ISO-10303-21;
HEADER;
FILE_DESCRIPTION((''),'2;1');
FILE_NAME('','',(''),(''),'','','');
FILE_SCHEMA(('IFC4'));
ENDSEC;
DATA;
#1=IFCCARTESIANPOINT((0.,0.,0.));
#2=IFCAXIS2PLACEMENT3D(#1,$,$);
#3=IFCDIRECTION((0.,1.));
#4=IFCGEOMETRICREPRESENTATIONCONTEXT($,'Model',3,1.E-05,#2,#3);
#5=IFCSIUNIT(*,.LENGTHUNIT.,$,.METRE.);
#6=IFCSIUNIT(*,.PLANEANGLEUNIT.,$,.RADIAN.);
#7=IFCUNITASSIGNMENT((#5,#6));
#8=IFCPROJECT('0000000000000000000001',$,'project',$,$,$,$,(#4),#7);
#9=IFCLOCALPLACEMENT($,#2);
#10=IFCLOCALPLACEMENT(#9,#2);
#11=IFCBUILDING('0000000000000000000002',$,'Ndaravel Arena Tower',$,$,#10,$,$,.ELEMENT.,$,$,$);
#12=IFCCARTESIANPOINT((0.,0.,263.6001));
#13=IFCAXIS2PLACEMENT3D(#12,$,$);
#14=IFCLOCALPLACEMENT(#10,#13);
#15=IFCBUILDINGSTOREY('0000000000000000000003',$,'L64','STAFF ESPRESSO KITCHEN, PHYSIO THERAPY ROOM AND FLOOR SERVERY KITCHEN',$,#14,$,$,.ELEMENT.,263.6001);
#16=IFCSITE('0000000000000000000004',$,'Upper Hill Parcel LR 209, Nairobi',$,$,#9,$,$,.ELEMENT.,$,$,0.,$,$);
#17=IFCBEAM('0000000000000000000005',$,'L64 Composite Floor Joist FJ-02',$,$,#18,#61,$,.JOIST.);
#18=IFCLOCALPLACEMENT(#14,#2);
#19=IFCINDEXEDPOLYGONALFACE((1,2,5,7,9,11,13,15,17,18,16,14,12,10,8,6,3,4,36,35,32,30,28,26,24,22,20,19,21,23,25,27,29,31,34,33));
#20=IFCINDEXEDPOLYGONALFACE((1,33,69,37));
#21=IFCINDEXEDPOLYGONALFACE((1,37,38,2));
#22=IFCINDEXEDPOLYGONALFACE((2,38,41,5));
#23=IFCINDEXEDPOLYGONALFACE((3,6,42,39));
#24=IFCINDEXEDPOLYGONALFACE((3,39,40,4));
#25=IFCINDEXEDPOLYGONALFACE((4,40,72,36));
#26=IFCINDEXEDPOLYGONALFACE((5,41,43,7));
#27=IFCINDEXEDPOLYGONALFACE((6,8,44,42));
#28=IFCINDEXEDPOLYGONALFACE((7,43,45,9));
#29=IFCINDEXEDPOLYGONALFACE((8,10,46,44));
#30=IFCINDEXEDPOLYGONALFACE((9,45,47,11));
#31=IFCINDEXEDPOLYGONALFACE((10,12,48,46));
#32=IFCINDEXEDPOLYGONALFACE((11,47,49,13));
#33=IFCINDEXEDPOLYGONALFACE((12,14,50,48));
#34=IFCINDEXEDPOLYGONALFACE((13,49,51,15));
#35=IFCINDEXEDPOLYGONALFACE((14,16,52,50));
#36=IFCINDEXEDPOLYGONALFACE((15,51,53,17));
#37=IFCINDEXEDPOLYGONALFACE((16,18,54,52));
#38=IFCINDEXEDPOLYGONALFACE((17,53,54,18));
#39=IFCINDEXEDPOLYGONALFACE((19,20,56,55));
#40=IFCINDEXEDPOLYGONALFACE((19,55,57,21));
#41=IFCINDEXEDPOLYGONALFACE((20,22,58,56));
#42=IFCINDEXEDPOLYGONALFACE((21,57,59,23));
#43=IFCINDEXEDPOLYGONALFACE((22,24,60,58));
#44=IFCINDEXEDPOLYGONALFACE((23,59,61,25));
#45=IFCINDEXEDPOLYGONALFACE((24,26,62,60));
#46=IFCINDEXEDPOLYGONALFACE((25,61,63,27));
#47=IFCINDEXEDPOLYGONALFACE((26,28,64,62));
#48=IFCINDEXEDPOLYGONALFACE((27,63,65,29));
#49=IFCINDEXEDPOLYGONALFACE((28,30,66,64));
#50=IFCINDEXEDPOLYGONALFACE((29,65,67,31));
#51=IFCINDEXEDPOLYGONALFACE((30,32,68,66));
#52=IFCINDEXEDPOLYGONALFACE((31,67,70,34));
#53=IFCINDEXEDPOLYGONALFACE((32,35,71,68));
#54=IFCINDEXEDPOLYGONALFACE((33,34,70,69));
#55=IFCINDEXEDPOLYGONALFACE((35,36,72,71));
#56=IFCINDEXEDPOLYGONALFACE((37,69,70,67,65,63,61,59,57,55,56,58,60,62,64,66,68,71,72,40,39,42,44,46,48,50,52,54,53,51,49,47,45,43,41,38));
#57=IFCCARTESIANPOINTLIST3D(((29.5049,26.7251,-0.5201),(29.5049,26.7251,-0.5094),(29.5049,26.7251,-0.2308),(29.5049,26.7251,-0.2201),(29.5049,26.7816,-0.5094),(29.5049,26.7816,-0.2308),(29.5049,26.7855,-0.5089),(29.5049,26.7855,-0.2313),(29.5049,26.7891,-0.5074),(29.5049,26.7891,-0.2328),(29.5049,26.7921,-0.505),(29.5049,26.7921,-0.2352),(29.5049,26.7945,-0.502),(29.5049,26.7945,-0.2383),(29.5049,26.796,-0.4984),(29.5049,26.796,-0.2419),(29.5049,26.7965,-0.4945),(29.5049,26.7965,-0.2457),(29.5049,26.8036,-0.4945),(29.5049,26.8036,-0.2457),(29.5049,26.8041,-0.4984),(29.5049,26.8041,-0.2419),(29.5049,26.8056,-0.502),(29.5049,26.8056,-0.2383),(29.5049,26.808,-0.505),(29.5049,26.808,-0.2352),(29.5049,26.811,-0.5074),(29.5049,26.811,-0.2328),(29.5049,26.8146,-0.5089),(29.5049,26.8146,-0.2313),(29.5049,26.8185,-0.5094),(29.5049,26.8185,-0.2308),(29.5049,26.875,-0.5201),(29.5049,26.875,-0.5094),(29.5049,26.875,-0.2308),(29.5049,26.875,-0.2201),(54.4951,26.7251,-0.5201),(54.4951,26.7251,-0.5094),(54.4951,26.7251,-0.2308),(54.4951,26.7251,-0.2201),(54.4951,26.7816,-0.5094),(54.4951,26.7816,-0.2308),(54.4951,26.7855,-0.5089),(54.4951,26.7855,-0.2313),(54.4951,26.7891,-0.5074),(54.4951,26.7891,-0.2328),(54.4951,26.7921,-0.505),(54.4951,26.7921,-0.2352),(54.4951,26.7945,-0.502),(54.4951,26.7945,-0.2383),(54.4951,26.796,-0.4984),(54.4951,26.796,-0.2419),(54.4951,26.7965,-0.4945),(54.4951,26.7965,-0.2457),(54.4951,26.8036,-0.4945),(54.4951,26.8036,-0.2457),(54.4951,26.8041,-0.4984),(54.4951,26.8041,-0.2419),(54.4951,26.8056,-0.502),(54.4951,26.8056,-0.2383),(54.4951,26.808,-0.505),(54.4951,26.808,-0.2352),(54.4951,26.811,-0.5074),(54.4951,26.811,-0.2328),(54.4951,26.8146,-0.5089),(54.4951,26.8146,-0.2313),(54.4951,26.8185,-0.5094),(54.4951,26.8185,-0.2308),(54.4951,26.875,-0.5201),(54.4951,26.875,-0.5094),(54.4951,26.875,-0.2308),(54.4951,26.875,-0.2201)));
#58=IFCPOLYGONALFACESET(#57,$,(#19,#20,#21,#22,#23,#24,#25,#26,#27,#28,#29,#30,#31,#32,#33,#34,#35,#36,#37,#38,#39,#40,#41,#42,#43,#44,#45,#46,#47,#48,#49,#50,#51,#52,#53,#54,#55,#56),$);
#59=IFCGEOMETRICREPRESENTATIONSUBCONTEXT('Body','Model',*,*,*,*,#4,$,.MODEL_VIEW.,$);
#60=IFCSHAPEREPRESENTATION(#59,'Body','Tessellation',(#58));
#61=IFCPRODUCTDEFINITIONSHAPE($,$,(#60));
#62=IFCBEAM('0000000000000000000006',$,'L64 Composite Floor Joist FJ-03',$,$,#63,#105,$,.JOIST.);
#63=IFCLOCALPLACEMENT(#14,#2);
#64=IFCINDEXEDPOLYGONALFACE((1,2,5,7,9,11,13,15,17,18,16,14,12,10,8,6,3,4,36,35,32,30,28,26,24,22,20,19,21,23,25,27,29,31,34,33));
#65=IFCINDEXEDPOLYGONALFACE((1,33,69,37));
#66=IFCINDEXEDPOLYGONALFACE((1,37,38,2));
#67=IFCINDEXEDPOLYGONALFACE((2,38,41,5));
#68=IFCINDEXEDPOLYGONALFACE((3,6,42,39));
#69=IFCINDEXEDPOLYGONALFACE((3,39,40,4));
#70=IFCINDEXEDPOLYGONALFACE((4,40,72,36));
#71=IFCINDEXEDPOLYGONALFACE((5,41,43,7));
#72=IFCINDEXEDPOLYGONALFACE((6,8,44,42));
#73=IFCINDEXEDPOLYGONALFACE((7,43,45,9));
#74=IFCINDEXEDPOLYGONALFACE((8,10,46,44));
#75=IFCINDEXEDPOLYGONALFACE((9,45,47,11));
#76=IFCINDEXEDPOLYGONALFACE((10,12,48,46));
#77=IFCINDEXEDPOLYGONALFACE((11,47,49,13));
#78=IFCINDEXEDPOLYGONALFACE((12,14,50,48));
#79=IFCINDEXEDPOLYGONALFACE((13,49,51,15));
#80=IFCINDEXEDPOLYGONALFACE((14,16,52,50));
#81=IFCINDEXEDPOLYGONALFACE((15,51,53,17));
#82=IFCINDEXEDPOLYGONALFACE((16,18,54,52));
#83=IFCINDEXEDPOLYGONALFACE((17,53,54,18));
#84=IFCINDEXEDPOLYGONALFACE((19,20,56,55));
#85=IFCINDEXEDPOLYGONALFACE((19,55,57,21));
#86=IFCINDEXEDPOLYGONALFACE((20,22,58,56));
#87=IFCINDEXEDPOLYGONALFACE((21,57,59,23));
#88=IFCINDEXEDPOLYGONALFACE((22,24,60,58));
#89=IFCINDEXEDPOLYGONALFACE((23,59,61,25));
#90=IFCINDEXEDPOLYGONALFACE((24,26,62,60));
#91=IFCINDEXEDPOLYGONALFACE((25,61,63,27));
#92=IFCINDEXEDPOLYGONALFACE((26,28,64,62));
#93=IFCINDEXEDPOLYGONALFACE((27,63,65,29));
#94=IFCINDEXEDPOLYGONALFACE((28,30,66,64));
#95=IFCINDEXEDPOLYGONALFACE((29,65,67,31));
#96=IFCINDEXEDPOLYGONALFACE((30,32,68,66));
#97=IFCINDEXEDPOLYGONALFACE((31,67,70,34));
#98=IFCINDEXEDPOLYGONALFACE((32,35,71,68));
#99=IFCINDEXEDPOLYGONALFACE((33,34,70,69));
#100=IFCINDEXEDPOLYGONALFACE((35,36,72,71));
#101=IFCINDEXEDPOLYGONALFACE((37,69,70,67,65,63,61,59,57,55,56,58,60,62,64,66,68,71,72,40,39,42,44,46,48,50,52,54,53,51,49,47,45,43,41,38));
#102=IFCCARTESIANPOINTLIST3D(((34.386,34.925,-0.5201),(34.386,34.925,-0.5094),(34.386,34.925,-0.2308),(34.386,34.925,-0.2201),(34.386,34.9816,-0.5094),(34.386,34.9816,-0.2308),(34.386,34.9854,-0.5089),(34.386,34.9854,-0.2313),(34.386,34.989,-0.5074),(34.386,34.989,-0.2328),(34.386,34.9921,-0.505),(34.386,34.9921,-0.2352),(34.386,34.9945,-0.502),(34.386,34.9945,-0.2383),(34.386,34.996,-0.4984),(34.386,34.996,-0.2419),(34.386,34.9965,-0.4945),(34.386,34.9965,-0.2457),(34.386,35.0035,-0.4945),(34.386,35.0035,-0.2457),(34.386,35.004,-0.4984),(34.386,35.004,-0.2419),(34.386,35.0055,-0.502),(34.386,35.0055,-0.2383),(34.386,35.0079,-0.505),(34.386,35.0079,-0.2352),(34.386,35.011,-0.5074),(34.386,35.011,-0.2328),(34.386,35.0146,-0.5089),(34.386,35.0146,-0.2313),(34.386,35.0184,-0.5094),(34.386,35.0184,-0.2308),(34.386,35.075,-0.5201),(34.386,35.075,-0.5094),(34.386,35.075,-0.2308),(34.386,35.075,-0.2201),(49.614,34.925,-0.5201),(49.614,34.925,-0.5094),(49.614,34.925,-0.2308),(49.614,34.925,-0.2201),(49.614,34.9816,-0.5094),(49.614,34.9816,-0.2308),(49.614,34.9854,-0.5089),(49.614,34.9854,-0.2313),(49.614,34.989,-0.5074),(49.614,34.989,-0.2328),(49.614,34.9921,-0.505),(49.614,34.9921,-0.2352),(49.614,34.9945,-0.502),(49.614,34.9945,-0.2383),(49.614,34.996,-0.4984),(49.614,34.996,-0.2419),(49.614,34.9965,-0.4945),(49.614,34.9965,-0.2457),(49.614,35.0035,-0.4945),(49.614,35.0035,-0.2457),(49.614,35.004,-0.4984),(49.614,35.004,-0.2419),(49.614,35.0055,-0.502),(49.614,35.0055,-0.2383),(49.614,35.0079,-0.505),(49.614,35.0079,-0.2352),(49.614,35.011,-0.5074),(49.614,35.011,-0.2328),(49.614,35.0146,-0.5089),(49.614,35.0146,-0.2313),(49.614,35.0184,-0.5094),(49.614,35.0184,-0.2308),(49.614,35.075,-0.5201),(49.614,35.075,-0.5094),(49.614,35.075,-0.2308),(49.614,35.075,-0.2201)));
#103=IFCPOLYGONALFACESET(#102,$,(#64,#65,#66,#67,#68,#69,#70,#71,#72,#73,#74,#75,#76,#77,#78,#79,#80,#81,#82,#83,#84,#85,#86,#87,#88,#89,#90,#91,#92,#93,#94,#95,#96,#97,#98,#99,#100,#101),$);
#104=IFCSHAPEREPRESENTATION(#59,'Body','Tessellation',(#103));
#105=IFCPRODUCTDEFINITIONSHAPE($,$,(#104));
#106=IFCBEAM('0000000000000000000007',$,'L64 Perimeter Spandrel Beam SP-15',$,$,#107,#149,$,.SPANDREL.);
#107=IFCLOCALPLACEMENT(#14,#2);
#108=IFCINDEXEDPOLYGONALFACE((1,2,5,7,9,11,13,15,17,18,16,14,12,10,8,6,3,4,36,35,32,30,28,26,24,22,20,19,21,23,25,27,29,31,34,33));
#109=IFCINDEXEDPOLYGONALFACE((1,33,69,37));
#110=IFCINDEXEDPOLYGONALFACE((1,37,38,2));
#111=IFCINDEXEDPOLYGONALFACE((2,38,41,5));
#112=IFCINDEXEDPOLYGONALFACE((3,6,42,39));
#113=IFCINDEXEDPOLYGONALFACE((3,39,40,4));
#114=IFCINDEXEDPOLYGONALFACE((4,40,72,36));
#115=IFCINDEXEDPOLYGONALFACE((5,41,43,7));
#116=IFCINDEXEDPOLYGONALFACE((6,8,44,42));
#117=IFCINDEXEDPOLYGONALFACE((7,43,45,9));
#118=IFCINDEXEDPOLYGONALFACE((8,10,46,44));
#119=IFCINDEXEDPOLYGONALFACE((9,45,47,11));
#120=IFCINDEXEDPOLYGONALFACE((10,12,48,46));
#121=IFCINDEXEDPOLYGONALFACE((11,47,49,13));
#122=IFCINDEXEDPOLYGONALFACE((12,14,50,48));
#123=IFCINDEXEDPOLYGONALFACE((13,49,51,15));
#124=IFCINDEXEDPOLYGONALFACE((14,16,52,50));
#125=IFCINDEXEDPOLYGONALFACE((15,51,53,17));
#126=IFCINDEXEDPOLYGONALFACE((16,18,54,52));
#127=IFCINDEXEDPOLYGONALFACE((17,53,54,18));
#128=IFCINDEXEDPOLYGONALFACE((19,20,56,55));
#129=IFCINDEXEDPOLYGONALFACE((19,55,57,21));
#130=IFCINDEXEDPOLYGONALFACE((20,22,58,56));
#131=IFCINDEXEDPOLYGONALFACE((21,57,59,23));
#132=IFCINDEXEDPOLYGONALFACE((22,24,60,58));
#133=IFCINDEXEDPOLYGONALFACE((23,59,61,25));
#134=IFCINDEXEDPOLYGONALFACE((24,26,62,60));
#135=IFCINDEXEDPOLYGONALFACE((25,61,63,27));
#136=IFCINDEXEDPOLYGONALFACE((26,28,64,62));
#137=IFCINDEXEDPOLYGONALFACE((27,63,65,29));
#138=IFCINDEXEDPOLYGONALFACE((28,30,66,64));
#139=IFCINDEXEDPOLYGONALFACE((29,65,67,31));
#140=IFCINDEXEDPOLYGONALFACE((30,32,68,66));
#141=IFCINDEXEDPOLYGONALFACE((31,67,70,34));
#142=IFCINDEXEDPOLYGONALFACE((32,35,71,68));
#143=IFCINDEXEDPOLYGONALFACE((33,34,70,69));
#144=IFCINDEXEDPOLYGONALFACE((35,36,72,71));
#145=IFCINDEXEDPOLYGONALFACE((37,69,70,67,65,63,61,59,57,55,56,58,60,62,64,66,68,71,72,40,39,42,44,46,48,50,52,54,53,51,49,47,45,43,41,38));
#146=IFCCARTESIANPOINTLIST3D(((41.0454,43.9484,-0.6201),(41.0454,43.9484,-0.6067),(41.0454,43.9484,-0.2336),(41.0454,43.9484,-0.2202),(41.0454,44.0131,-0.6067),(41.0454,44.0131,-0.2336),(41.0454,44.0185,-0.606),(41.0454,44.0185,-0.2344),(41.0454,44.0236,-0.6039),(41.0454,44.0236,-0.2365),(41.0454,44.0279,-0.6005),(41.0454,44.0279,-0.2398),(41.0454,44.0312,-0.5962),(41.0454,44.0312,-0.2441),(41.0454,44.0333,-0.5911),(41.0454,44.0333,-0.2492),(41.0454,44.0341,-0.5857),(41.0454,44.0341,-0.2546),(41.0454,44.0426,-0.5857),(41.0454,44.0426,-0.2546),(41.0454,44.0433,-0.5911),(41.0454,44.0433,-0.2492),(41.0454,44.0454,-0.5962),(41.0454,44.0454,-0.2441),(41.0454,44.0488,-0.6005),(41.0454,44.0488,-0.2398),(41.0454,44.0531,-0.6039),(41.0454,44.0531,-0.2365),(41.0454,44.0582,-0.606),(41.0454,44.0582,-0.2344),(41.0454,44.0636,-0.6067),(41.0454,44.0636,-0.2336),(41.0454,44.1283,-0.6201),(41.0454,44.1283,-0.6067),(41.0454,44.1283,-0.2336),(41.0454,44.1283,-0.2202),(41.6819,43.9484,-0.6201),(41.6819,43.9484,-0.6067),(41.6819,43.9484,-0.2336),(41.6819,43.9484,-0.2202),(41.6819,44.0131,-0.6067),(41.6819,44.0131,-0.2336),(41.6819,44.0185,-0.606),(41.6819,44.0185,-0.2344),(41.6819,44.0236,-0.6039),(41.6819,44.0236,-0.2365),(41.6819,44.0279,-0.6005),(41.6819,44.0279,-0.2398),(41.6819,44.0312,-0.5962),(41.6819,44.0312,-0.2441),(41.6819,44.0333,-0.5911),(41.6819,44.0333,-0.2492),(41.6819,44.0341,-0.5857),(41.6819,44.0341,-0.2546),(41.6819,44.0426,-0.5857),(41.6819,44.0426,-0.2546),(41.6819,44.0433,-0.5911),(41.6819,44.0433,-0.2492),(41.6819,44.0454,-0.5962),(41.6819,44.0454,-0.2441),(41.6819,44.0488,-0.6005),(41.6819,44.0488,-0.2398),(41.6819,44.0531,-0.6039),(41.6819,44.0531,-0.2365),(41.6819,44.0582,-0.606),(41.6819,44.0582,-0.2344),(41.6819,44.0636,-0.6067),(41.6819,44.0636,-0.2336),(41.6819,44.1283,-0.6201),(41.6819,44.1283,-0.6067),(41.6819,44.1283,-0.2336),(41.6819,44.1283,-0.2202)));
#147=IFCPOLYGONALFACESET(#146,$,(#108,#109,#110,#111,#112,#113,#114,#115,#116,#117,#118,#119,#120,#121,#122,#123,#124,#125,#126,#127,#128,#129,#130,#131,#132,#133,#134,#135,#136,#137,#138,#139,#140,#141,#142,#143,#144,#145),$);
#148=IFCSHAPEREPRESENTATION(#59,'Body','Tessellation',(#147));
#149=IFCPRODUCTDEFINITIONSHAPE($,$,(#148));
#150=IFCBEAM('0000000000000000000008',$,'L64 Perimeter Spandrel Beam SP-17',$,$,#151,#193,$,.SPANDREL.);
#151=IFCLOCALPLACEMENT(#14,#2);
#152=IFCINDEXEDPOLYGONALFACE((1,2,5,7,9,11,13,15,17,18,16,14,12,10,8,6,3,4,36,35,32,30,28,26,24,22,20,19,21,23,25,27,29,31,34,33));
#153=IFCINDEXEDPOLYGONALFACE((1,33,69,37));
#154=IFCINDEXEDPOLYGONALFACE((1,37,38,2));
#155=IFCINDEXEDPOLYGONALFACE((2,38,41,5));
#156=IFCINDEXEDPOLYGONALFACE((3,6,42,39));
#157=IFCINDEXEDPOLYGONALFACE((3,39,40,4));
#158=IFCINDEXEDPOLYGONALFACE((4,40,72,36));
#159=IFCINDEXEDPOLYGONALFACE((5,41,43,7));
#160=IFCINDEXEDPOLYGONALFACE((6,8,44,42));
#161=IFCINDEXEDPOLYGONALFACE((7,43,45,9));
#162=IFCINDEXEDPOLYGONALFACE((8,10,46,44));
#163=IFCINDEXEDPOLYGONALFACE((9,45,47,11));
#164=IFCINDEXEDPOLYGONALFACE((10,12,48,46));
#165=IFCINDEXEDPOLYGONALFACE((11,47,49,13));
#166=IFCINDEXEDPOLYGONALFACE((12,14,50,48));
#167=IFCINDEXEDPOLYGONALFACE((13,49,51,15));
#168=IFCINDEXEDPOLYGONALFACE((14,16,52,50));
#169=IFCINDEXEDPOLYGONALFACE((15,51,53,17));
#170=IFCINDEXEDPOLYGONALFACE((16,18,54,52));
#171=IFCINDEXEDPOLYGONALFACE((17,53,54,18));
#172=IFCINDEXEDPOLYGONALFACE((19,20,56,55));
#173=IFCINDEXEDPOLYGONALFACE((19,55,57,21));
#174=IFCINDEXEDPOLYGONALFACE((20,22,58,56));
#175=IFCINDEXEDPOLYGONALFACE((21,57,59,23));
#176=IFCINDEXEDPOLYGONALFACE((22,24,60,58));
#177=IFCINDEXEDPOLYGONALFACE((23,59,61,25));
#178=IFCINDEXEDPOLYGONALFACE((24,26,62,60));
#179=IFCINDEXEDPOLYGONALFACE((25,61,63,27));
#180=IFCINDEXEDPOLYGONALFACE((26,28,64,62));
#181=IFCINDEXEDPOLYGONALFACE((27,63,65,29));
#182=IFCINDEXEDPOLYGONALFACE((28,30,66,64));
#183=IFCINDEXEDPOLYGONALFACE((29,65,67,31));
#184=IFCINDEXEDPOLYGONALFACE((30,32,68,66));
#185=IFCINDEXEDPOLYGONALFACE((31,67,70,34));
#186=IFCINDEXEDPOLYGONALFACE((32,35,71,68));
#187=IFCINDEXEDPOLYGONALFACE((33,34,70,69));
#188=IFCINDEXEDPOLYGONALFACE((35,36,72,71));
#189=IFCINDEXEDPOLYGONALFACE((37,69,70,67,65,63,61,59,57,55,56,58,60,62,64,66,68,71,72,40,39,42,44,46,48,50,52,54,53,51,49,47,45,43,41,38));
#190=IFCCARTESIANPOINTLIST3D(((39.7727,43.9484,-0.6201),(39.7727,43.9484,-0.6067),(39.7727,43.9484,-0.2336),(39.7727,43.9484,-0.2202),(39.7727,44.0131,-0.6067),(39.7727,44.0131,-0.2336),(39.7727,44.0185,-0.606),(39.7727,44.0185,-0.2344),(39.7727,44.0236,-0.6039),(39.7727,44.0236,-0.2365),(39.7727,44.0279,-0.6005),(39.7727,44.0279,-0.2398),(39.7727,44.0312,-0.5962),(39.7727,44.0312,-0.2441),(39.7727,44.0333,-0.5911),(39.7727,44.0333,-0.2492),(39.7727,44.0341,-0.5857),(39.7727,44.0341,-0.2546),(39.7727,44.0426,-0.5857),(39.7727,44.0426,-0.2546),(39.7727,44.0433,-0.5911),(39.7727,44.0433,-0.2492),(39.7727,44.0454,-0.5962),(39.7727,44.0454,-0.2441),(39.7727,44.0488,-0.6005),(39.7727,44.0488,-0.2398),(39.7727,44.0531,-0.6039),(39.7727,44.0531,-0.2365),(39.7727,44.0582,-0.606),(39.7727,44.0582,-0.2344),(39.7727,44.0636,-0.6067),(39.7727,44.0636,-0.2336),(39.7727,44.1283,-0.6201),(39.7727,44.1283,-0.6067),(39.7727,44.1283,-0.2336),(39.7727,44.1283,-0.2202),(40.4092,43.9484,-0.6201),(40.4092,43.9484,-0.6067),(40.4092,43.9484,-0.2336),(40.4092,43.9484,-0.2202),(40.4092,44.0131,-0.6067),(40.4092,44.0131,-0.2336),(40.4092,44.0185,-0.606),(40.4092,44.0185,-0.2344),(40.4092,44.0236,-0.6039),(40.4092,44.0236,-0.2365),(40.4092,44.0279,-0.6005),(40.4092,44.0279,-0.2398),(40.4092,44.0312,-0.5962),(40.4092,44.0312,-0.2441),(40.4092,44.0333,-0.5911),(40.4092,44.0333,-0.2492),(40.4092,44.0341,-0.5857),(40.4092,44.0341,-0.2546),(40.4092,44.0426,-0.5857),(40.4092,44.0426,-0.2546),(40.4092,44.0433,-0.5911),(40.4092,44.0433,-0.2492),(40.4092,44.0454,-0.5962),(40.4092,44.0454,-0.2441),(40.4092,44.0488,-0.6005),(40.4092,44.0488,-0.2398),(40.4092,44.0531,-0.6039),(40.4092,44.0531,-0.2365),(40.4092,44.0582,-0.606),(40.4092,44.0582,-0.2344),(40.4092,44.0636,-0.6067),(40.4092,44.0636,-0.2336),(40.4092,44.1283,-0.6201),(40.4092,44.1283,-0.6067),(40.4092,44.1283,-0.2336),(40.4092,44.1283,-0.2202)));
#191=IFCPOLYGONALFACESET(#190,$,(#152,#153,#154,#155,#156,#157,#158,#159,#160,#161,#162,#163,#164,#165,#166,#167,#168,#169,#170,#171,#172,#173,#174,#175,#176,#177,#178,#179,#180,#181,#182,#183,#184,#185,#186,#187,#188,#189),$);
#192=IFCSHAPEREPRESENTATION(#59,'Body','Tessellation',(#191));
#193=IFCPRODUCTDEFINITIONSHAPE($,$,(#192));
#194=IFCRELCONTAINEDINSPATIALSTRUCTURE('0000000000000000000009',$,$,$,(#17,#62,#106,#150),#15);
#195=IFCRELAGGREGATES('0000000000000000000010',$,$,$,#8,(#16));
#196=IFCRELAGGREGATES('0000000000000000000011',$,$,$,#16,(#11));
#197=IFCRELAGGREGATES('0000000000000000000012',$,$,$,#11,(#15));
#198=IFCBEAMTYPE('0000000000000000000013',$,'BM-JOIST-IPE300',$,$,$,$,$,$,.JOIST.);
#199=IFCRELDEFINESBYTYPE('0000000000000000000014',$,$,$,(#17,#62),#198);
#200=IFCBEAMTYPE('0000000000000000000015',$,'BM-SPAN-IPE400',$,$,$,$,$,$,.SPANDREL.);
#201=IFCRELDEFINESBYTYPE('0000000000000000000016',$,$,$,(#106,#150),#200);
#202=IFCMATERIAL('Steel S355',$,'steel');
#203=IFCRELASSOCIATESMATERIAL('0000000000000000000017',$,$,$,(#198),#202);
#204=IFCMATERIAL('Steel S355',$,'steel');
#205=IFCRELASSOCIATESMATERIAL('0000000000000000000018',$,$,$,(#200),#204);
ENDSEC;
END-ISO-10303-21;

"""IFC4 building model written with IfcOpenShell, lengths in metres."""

from ifc_helpers import new_model, si_unit, direction, frame, origin, origin_2d, place, context, subcontext, project, spatial, i_section, extrude, material, material_profile, profile_set, type_object, element, save


model = new_model("IFC4")

# Units and contexts
model_context = context("Model", 3, precision=1e-05, world=origin(), true_north=direction((0.0, 1.0)))
body_context = subcontext(model_context, "Body", "Model", "MODEL_VIEW")
ifc_project = project(units=[si_unit("LENGTHUNIT", "METRE"), si_unit("PLANEANGLEUNIT", "RADIAN")], contexts=[model_context])

# Site, building, storey
site_placement = place(None, origin())
site = spatial("IfcSite", under=ifc_project, at=site_placement, Name="Upper Hill Parcel LR 209, Nairobi", CompositionType="ELEMENT", RefElevation=0.0)
building_placement = place(site_placement, origin())
building = spatial("IfcBuilding", under=site, at=building_placement, Name="Ndaravel Arena Tower", CompositionType="ELEMENT")
storey_placement = place(building_placement, frame((0.0, 0.0, 263.6001)))
storey = spatial("IfcBuildingStorey", under=building, at=storey_placement, Name="L64", Description="STAFF ESPRESSO KITCHEN, PHYSIO THERAPY ROOM AND FLOOR SERVERY KITCHEN", CompositionType="ELEMENT", Elevation=263.6001)

# Beams
ifc_material_1 = material(Name="Steel S355", Category="steel")
ifc_material_profile_1 = material_profile(ifc_material_1, i_section(OverallWidth=0.1499, OverallDepth=0.3, WebThickness=0.0071, FlangeThickness=0.0107, FilletRadius=0.0149, at=origin_2d()), Name="IPE 300")
ifc_profile_set_1 = profile_set([ifc_material_profile_1], Name="Steel S355")
beam_type_1 = type_object("IfcBeamType", Name="BM-JOIST-IPE300", PredefinedType="JOIST", material=ifc_profile_set_1)
beam_1_placement = place(storey_placement, frame((29.5049, 26.8, -0.3701), z_axis=(1.0, 0.0, 0.0), x_axis=(0.0, 1.0, 0.0)))
element("IfcBeam", 1, at=beam_1_placement, inside=storey, type_object=beam_type_1, Name="L64 Composite Floor Joist FJ-02", PredefinedType="JOIST", context=body_context, shape_type="SweptSolid", body=[
    extrude(i_section(OverallWidth=0.1499, OverallDepth=0.3, WebThickness=0.0071, FlangeThickness=0.0107, FilletRadius=0.0149, at=origin_2d()), origin(), (0.0, 0.0, 1.0), 24.9902),
])
beam_2_placement = place(storey_placement, frame((34.386, 35.0, -0.3701), z_axis=(1.0, 0.0, 0.0), x_axis=(0.0, 1.0, 0.0)))
element("IfcBeam", 2, at=beam_2_placement, inside=storey, type_object=beam_type_1, Name="L64 Composite Floor Joist FJ-03", PredefinedType="JOIST", context=body_context, shape_type="SweptSolid", body=[
    extrude(i_section(OverallWidth=0.1499, OverallDepth=0.3, WebThickness=0.0071, FlangeThickness=0.0107, FilletRadius=0.0149, at=origin_2d()), origin(), (0.0, 0.0, 1.0), 15.228),
])
ifc_material_2 = material(Name="Steel S355", Category="steel")
ifc_material_profile_2 = material_profile(ifc_material_2, i_section(OverallWidth=0.1799, OverallDepth=0.3999, WebThickness=0.0085, FlangeThickness=0.0134, FilletRadius=0.021, at=origin_2d()), Name="IPE 400")
ifc_profile_set_2 = profile_set([ifc_material_profile_2], Name="Steel S355")
beam_type_2 = type_object("IfcBeamType", Name="BM-SPAN-IPE400", PredefinedType="SPANDREL", material=ifc_profile_set_2)
for number, where, z_axis, x_axis, name in (
    (3, (41.6819, 44.0383, -0.4202), (-1.0, 0.0, 0.0), (0.0, -1.0, 0.0), "L64 Perimeter Spandrel Beam SP-15"),
    (4, (40.4092, 44.0383, -0.4202), (-1.0, 0.0, 0.0), (0.0, -1.0, 0.0), "L64 Perimeter Spandrel Beam SP-17"),
):
    element("IfcBeam", number, at=place(storey_placement, frame(where, z_axis=z_axis, x_axis=x_axis)), inside=storey, type_object=beam_type_2, Name=name, PredefinedType="SPANDREL", context=body_context, shape_type="SweptSolid", body=[
        extrude(i_section(OverallWidth=0.1799, OverallDepth=0.3999, WebThickness=0.0085, FlangeThickness=0.0134, FilletRadius=0.021, at=origin_2d()), origin(), (0.0, 0.0, 1.0), 0.6365),
    ])

save(model, "model.ifc")
